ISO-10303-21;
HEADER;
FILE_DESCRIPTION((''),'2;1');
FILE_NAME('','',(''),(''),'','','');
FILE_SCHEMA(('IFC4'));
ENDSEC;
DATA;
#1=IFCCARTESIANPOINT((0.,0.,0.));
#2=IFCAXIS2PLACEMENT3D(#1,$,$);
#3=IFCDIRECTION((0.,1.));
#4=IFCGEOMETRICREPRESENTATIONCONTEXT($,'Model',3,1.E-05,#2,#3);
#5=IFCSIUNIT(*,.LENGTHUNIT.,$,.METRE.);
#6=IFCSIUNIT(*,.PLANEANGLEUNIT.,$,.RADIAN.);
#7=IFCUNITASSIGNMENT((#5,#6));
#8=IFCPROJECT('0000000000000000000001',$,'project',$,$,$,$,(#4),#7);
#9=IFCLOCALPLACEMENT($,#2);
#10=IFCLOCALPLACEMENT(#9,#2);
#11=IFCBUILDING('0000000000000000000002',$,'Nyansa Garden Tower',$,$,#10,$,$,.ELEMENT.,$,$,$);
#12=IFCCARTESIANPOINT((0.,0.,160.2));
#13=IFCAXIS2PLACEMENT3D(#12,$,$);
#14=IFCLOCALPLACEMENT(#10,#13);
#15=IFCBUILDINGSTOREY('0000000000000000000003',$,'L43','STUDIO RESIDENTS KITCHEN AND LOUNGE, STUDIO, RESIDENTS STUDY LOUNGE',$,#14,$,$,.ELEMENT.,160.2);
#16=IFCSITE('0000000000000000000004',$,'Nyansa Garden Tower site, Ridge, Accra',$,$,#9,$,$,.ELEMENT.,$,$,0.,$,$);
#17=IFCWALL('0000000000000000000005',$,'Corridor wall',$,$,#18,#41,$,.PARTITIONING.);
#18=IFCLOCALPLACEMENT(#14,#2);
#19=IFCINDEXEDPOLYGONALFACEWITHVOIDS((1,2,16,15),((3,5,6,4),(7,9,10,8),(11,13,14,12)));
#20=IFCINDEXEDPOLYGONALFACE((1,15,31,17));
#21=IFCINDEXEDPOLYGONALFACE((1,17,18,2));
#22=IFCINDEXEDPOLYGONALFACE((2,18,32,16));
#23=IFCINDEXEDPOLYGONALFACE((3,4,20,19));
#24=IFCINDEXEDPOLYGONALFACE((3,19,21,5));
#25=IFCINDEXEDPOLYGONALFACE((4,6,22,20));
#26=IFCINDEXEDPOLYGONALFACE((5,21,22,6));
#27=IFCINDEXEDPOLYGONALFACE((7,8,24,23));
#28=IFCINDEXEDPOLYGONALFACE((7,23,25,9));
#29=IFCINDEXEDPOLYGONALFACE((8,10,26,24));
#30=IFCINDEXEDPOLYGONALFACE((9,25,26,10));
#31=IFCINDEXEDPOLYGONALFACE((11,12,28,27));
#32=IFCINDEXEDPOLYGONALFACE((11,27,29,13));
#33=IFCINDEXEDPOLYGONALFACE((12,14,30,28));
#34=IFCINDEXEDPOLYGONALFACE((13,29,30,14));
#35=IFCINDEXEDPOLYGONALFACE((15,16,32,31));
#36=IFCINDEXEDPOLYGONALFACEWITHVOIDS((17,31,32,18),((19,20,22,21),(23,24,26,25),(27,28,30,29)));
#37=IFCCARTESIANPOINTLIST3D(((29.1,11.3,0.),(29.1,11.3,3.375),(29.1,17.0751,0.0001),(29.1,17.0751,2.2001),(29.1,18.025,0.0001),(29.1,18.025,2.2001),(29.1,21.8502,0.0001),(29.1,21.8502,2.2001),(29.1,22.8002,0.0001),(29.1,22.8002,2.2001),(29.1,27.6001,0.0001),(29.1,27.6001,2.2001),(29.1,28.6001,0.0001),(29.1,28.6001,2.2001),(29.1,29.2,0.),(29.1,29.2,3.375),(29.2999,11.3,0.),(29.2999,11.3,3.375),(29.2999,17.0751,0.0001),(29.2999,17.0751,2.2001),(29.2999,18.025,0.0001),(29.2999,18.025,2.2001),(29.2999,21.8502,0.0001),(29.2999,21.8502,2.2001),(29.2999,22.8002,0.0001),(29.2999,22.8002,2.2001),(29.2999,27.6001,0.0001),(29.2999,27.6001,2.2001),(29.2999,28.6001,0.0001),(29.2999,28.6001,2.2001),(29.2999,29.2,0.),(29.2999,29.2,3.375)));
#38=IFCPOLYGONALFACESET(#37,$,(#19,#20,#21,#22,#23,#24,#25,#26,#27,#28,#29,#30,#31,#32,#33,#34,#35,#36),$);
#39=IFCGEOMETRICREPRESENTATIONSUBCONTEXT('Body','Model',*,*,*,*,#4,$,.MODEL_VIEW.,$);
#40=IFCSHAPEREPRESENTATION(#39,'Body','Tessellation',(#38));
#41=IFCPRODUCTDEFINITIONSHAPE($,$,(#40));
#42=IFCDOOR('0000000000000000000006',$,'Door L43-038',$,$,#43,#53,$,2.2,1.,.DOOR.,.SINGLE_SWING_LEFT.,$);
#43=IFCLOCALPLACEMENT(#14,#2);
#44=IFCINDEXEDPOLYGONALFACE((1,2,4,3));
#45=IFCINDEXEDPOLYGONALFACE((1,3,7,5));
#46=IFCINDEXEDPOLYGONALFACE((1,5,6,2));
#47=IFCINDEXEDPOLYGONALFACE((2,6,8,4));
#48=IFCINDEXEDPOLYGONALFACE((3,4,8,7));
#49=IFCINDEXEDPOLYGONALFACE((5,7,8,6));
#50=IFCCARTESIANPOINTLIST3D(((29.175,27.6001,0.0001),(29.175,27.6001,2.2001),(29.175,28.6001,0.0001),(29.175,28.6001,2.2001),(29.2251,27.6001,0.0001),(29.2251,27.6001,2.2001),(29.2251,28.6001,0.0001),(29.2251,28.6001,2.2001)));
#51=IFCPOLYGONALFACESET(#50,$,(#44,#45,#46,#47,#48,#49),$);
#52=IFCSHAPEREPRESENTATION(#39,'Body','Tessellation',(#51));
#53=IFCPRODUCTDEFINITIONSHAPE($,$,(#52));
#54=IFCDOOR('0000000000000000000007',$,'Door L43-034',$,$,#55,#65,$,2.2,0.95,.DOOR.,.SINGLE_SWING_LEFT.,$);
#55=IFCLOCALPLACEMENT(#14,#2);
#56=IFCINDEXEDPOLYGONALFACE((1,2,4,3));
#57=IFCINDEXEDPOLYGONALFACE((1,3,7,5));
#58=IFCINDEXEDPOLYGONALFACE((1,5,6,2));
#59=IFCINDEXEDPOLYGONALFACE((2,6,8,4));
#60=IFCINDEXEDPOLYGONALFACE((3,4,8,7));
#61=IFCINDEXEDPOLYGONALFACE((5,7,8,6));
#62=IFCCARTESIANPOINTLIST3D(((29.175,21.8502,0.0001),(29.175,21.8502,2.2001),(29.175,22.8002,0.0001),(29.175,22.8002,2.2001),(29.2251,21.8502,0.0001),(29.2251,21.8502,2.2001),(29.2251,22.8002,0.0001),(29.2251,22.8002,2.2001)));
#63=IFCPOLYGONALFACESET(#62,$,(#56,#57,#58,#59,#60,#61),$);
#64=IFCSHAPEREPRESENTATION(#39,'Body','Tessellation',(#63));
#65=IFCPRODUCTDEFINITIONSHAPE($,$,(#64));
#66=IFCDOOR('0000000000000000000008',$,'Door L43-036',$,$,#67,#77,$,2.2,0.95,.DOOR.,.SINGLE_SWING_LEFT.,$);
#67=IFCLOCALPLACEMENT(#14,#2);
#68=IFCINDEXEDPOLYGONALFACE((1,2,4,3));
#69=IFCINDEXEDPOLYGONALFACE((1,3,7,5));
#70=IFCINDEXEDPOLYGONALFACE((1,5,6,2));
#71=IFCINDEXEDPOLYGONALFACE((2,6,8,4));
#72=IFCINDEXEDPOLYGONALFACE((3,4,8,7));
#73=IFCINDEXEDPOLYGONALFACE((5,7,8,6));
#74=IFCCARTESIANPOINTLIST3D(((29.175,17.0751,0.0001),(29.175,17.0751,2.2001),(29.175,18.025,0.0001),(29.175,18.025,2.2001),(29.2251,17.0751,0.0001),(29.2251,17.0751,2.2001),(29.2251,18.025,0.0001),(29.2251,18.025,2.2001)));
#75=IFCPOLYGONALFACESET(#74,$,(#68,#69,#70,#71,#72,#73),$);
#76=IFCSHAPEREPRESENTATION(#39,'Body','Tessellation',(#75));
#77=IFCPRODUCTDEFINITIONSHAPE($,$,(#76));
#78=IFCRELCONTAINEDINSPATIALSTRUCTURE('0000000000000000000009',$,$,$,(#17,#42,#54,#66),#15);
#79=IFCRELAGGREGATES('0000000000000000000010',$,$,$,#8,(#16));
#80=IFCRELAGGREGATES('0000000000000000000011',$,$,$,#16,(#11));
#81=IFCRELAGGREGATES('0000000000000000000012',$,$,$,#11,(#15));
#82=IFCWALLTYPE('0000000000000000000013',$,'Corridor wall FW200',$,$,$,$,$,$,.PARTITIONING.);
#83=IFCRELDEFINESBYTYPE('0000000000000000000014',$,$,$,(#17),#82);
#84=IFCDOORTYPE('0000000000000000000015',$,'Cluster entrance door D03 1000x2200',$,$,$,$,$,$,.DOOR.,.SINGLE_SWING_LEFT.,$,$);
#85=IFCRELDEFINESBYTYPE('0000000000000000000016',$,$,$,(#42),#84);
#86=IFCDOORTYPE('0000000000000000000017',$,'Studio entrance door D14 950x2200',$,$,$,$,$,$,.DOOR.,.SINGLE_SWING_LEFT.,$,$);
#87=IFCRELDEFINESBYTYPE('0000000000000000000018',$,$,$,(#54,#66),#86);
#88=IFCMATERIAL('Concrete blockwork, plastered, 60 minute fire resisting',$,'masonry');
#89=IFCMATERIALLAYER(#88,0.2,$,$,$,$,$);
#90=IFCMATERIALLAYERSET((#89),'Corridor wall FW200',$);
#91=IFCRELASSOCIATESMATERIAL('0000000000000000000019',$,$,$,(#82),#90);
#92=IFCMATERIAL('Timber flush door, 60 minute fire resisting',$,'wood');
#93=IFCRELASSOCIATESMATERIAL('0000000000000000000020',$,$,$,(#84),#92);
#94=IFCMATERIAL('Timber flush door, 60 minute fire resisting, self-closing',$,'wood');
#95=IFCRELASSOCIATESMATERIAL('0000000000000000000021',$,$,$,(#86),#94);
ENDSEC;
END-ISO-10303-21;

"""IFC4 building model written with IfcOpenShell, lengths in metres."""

from ifc_helpers import new_model, si_unit, direction, frame, frame_2d, origin, place, context, subcontext, project, spatial, rectangle, extrude, material, layer, layer_set, type_object, element, fill, save


model = new_model("IFC4")

# Units and contexts
model_context = context("Model", 3, precision=1e-05, world=origin(), true_north=direction((0.0, 1.0)))
body_context = subcontext(model_context, "Body", "Model", "MODEL_VIEW")
ifc_project = project(units=[si_unit("LENGTHUNIT", "METRE"), si_unit("PLANEANGLEUNIT", "RADIAN")], contexts=[model_context])

# Site, building, storey
site_placement = place(None, origin())
site = spatial("IfcSite", under=ifc_project, at=site_placement, Name="Nyansa Garden Tower site, Ridge, Accra", CompositionType="ELEMENT", RefElevation=0.0)
building_placement = place(site_placement, origin())
building = spatial("IfcBuilding", under=site, at=building_placement, Name="Nyansa Garden Tower", CompositionType="ELEMENT")
storey_placement = place(building_placement, frame((0.0, 0.0, 160.2)))
storey = spatial("IfcBuildingStorey", under=building, at=storey_placement, Name="L43", Description="STUDIO RESIDENTS KITCHEN AND LOUNGE, STUDIO, RESIDENTS STUDY LOUNGE", CompositionType="ELEMENT", Elevation=160.2)

# Wall, openings, doors
ifc_material_1 = material(Name="Concrete blockwork, plastered, 60 minute fire resisting", Category="masonry")
ifc_layer_1 = layer(ifc_material_1, 0.2)
ifc_layer_set_1 = layer_set([ifc_layer_1], Name="Corridor wall FW200")
wall_type_1 = type_object("IfcWallType", Name="Corridor wall FW200", PredefinedType="PARTITIONING", material=ifc_layer_set_1)
wall_1_placement = place(storey_placement, frame((29.2, 11.3, 0.0), z_axis=(0.0, 0.0, 1.0), x_axis=(0.0, 1.0, 0.0)))
wall_1 = element("IfcWall", 1, at=wall_1_placement, inside=storey, type_object=wall_type_1, Name="Corridor wall", PredefinedType="PARTITIONING", context=body_context, shape_type="SweptSolid", body=[
    extrude(rectangle(XDim=17.8999, YDim=0.2, at=frame_2d((8.95, 0.0))), origin(), (0.0, 0.0, 1.0), 3.375),
])
opening_1_placement = place(wall_1_placement, frame((10.55, 0.0, 0.0)))
opening_1 = element("IfcOpeningElement", 2, at=opening_1_placement, cuts=wall_1, PredefinedType="OPENING", context=body_context, shape_type="SweptSolid", body=[
    extrude(rectangle(XDim=0.95, YDim=2.2, at=frame_2d((0.4751, 1.1001))), frame((0.0, 0.1099, 0.0), z_axis=(0.0, -1.0, 0.0), x_axis=(1.0, 0.0, 0.0)), (0.0, 0.0, 1.0), 0.22),
])
opening_2_placement = place(wall_1_placement, frame((5.7749, 0.0, 0.0)))
opening_2 = element("IfcOpeningElement", 3, at=opening_2_placement, cuts=wall_1, PredefinedType="OPENING", context=body_context, shape_type="SweptSolid", body=[
    extrude(rectangle(XDim=0.95, YDim=2.2, at=frame_2d((0.4751, 1.1001))), frame((0.0, 0.1099, 0.0), z_axis=(0.0, -1.0, 0.0), x_axis=(1.0, 0.0, 0.0)), (0.0, 0.0, 1.0), 0.22),
])
opening_3_placement = place(wall_1_placement, frame((16.3, 0.0, 0.0)))
opening_3 = element("IfcOpeningElement", 4, at=opening_3_placement, cuts=wall_1, PredefinedType="OPENING", context=body_context, shape_type="SweptSolid", body=[
    extrude(rectangle(XDim=1.0, YDim=2.2, at=frame_2d((0.5, 1.1001))), frame((0.0, 0.1099, 0.0), z_axis=(0.0, -1.0, 0.0), x_axis=(1.0, 0.0, 0.0)), (0.0, 0.0, 1.0), 0.22),
])
ifc_material_2 = material(Name="Timber flush door, 60 minute fire resisting", Category="wood")
door_type_1 = type_object("IfcDoorType", Name="Cluster entrance door D03 1000x2200", OperationType="SINGLE_SWING_LEFT", PredefinedType="DOOR", material=ifc_material_2)
door_1_placement = place(opening_3_placement, origin())
door_1 = element("IfcDoor", 5, at=door_1_placement, inside=storey, type_object=door_type_1, Name="Door L43-038", OperationType="SINGLE_SWING_LEFT", OverallHeight=2.2, OverallWidth=1.0, PredefinedType="DOOR", context=body_context, shape_type="SweptSolid", body=[
    extrude(rectangle(XDim=1.0, YDim=2.2, at=frame_2d((0.5, 1.1001))), frame((0.0, 0.0249, 0.0), z_axis=(0.0, -1.0, 0.0), x_axis=(1.0, 0.0, 0.0)), (0.0, 0.0, 1.0), 0.05),
])
fill(opening_3, door_1)
ifc_material_3 = material(Name="Timber flush door, 60 minute fire resisting, self-closing", Category="wood")
door_type_2 = type_object("IfcDoorType", Name="Studio entrance door D14 950x2200", OperationType="SINGLE_SWING_LEFT", PredefinedType="DOOR", material=ifc_material_3)
door_2_placement = place(opening_1_placement, origin())
door_2 = element("IfcDoor", 6, at=door_2_placement, inside=storey, type_object=door_type_2, Name="Door L43-034", OperationType="SINGLE_SWING_LEFT", OverallHeight=2.2, OverallWidth=0.95, PredefinedType="DOOR", context=body_context, shape_type="SweptSolid", body=[
    extrude(rectangle(XDim=0.95, YDim=2.2, at=frame_2d((0.4751, 1.1001))), frame((0.0, 0.0249, 0.0), z_axis=(0.0, -1.0, 0.0), x_axis=(1.0, 0.0, 0.0)), (0.0, 0.0, 1.0), 0.05),
])
fill(opening_1, door_2)
door_3_placement = place(opening_2_placement, origin())
door_3 = element("IfcDoor", 7, at=door_3_placement, inside=storey, type_object=door_type_2, Name="Door L43-036", OperationType="SINGLE_SWING_LEFT", OverallHeight=2.2, OverallWidth=0.95, PredefinedType="DOOR", context=body_context, shape_type="SweptSolid", body=[
    extrude(rectangle(XDim=0.95, YDim=2.2, at=frame_2d((0.4751, 1.1001))), frame((0.0, 0.0249, 0.0), z_axis=(0.0, -1.0, 0.0), x_axis=(1.0, 0.0, 0.0)), (0.0, 0.0, 1.0), 0.05),
])
fill(opening_2, door_3)

save(model, "model.ifc")
